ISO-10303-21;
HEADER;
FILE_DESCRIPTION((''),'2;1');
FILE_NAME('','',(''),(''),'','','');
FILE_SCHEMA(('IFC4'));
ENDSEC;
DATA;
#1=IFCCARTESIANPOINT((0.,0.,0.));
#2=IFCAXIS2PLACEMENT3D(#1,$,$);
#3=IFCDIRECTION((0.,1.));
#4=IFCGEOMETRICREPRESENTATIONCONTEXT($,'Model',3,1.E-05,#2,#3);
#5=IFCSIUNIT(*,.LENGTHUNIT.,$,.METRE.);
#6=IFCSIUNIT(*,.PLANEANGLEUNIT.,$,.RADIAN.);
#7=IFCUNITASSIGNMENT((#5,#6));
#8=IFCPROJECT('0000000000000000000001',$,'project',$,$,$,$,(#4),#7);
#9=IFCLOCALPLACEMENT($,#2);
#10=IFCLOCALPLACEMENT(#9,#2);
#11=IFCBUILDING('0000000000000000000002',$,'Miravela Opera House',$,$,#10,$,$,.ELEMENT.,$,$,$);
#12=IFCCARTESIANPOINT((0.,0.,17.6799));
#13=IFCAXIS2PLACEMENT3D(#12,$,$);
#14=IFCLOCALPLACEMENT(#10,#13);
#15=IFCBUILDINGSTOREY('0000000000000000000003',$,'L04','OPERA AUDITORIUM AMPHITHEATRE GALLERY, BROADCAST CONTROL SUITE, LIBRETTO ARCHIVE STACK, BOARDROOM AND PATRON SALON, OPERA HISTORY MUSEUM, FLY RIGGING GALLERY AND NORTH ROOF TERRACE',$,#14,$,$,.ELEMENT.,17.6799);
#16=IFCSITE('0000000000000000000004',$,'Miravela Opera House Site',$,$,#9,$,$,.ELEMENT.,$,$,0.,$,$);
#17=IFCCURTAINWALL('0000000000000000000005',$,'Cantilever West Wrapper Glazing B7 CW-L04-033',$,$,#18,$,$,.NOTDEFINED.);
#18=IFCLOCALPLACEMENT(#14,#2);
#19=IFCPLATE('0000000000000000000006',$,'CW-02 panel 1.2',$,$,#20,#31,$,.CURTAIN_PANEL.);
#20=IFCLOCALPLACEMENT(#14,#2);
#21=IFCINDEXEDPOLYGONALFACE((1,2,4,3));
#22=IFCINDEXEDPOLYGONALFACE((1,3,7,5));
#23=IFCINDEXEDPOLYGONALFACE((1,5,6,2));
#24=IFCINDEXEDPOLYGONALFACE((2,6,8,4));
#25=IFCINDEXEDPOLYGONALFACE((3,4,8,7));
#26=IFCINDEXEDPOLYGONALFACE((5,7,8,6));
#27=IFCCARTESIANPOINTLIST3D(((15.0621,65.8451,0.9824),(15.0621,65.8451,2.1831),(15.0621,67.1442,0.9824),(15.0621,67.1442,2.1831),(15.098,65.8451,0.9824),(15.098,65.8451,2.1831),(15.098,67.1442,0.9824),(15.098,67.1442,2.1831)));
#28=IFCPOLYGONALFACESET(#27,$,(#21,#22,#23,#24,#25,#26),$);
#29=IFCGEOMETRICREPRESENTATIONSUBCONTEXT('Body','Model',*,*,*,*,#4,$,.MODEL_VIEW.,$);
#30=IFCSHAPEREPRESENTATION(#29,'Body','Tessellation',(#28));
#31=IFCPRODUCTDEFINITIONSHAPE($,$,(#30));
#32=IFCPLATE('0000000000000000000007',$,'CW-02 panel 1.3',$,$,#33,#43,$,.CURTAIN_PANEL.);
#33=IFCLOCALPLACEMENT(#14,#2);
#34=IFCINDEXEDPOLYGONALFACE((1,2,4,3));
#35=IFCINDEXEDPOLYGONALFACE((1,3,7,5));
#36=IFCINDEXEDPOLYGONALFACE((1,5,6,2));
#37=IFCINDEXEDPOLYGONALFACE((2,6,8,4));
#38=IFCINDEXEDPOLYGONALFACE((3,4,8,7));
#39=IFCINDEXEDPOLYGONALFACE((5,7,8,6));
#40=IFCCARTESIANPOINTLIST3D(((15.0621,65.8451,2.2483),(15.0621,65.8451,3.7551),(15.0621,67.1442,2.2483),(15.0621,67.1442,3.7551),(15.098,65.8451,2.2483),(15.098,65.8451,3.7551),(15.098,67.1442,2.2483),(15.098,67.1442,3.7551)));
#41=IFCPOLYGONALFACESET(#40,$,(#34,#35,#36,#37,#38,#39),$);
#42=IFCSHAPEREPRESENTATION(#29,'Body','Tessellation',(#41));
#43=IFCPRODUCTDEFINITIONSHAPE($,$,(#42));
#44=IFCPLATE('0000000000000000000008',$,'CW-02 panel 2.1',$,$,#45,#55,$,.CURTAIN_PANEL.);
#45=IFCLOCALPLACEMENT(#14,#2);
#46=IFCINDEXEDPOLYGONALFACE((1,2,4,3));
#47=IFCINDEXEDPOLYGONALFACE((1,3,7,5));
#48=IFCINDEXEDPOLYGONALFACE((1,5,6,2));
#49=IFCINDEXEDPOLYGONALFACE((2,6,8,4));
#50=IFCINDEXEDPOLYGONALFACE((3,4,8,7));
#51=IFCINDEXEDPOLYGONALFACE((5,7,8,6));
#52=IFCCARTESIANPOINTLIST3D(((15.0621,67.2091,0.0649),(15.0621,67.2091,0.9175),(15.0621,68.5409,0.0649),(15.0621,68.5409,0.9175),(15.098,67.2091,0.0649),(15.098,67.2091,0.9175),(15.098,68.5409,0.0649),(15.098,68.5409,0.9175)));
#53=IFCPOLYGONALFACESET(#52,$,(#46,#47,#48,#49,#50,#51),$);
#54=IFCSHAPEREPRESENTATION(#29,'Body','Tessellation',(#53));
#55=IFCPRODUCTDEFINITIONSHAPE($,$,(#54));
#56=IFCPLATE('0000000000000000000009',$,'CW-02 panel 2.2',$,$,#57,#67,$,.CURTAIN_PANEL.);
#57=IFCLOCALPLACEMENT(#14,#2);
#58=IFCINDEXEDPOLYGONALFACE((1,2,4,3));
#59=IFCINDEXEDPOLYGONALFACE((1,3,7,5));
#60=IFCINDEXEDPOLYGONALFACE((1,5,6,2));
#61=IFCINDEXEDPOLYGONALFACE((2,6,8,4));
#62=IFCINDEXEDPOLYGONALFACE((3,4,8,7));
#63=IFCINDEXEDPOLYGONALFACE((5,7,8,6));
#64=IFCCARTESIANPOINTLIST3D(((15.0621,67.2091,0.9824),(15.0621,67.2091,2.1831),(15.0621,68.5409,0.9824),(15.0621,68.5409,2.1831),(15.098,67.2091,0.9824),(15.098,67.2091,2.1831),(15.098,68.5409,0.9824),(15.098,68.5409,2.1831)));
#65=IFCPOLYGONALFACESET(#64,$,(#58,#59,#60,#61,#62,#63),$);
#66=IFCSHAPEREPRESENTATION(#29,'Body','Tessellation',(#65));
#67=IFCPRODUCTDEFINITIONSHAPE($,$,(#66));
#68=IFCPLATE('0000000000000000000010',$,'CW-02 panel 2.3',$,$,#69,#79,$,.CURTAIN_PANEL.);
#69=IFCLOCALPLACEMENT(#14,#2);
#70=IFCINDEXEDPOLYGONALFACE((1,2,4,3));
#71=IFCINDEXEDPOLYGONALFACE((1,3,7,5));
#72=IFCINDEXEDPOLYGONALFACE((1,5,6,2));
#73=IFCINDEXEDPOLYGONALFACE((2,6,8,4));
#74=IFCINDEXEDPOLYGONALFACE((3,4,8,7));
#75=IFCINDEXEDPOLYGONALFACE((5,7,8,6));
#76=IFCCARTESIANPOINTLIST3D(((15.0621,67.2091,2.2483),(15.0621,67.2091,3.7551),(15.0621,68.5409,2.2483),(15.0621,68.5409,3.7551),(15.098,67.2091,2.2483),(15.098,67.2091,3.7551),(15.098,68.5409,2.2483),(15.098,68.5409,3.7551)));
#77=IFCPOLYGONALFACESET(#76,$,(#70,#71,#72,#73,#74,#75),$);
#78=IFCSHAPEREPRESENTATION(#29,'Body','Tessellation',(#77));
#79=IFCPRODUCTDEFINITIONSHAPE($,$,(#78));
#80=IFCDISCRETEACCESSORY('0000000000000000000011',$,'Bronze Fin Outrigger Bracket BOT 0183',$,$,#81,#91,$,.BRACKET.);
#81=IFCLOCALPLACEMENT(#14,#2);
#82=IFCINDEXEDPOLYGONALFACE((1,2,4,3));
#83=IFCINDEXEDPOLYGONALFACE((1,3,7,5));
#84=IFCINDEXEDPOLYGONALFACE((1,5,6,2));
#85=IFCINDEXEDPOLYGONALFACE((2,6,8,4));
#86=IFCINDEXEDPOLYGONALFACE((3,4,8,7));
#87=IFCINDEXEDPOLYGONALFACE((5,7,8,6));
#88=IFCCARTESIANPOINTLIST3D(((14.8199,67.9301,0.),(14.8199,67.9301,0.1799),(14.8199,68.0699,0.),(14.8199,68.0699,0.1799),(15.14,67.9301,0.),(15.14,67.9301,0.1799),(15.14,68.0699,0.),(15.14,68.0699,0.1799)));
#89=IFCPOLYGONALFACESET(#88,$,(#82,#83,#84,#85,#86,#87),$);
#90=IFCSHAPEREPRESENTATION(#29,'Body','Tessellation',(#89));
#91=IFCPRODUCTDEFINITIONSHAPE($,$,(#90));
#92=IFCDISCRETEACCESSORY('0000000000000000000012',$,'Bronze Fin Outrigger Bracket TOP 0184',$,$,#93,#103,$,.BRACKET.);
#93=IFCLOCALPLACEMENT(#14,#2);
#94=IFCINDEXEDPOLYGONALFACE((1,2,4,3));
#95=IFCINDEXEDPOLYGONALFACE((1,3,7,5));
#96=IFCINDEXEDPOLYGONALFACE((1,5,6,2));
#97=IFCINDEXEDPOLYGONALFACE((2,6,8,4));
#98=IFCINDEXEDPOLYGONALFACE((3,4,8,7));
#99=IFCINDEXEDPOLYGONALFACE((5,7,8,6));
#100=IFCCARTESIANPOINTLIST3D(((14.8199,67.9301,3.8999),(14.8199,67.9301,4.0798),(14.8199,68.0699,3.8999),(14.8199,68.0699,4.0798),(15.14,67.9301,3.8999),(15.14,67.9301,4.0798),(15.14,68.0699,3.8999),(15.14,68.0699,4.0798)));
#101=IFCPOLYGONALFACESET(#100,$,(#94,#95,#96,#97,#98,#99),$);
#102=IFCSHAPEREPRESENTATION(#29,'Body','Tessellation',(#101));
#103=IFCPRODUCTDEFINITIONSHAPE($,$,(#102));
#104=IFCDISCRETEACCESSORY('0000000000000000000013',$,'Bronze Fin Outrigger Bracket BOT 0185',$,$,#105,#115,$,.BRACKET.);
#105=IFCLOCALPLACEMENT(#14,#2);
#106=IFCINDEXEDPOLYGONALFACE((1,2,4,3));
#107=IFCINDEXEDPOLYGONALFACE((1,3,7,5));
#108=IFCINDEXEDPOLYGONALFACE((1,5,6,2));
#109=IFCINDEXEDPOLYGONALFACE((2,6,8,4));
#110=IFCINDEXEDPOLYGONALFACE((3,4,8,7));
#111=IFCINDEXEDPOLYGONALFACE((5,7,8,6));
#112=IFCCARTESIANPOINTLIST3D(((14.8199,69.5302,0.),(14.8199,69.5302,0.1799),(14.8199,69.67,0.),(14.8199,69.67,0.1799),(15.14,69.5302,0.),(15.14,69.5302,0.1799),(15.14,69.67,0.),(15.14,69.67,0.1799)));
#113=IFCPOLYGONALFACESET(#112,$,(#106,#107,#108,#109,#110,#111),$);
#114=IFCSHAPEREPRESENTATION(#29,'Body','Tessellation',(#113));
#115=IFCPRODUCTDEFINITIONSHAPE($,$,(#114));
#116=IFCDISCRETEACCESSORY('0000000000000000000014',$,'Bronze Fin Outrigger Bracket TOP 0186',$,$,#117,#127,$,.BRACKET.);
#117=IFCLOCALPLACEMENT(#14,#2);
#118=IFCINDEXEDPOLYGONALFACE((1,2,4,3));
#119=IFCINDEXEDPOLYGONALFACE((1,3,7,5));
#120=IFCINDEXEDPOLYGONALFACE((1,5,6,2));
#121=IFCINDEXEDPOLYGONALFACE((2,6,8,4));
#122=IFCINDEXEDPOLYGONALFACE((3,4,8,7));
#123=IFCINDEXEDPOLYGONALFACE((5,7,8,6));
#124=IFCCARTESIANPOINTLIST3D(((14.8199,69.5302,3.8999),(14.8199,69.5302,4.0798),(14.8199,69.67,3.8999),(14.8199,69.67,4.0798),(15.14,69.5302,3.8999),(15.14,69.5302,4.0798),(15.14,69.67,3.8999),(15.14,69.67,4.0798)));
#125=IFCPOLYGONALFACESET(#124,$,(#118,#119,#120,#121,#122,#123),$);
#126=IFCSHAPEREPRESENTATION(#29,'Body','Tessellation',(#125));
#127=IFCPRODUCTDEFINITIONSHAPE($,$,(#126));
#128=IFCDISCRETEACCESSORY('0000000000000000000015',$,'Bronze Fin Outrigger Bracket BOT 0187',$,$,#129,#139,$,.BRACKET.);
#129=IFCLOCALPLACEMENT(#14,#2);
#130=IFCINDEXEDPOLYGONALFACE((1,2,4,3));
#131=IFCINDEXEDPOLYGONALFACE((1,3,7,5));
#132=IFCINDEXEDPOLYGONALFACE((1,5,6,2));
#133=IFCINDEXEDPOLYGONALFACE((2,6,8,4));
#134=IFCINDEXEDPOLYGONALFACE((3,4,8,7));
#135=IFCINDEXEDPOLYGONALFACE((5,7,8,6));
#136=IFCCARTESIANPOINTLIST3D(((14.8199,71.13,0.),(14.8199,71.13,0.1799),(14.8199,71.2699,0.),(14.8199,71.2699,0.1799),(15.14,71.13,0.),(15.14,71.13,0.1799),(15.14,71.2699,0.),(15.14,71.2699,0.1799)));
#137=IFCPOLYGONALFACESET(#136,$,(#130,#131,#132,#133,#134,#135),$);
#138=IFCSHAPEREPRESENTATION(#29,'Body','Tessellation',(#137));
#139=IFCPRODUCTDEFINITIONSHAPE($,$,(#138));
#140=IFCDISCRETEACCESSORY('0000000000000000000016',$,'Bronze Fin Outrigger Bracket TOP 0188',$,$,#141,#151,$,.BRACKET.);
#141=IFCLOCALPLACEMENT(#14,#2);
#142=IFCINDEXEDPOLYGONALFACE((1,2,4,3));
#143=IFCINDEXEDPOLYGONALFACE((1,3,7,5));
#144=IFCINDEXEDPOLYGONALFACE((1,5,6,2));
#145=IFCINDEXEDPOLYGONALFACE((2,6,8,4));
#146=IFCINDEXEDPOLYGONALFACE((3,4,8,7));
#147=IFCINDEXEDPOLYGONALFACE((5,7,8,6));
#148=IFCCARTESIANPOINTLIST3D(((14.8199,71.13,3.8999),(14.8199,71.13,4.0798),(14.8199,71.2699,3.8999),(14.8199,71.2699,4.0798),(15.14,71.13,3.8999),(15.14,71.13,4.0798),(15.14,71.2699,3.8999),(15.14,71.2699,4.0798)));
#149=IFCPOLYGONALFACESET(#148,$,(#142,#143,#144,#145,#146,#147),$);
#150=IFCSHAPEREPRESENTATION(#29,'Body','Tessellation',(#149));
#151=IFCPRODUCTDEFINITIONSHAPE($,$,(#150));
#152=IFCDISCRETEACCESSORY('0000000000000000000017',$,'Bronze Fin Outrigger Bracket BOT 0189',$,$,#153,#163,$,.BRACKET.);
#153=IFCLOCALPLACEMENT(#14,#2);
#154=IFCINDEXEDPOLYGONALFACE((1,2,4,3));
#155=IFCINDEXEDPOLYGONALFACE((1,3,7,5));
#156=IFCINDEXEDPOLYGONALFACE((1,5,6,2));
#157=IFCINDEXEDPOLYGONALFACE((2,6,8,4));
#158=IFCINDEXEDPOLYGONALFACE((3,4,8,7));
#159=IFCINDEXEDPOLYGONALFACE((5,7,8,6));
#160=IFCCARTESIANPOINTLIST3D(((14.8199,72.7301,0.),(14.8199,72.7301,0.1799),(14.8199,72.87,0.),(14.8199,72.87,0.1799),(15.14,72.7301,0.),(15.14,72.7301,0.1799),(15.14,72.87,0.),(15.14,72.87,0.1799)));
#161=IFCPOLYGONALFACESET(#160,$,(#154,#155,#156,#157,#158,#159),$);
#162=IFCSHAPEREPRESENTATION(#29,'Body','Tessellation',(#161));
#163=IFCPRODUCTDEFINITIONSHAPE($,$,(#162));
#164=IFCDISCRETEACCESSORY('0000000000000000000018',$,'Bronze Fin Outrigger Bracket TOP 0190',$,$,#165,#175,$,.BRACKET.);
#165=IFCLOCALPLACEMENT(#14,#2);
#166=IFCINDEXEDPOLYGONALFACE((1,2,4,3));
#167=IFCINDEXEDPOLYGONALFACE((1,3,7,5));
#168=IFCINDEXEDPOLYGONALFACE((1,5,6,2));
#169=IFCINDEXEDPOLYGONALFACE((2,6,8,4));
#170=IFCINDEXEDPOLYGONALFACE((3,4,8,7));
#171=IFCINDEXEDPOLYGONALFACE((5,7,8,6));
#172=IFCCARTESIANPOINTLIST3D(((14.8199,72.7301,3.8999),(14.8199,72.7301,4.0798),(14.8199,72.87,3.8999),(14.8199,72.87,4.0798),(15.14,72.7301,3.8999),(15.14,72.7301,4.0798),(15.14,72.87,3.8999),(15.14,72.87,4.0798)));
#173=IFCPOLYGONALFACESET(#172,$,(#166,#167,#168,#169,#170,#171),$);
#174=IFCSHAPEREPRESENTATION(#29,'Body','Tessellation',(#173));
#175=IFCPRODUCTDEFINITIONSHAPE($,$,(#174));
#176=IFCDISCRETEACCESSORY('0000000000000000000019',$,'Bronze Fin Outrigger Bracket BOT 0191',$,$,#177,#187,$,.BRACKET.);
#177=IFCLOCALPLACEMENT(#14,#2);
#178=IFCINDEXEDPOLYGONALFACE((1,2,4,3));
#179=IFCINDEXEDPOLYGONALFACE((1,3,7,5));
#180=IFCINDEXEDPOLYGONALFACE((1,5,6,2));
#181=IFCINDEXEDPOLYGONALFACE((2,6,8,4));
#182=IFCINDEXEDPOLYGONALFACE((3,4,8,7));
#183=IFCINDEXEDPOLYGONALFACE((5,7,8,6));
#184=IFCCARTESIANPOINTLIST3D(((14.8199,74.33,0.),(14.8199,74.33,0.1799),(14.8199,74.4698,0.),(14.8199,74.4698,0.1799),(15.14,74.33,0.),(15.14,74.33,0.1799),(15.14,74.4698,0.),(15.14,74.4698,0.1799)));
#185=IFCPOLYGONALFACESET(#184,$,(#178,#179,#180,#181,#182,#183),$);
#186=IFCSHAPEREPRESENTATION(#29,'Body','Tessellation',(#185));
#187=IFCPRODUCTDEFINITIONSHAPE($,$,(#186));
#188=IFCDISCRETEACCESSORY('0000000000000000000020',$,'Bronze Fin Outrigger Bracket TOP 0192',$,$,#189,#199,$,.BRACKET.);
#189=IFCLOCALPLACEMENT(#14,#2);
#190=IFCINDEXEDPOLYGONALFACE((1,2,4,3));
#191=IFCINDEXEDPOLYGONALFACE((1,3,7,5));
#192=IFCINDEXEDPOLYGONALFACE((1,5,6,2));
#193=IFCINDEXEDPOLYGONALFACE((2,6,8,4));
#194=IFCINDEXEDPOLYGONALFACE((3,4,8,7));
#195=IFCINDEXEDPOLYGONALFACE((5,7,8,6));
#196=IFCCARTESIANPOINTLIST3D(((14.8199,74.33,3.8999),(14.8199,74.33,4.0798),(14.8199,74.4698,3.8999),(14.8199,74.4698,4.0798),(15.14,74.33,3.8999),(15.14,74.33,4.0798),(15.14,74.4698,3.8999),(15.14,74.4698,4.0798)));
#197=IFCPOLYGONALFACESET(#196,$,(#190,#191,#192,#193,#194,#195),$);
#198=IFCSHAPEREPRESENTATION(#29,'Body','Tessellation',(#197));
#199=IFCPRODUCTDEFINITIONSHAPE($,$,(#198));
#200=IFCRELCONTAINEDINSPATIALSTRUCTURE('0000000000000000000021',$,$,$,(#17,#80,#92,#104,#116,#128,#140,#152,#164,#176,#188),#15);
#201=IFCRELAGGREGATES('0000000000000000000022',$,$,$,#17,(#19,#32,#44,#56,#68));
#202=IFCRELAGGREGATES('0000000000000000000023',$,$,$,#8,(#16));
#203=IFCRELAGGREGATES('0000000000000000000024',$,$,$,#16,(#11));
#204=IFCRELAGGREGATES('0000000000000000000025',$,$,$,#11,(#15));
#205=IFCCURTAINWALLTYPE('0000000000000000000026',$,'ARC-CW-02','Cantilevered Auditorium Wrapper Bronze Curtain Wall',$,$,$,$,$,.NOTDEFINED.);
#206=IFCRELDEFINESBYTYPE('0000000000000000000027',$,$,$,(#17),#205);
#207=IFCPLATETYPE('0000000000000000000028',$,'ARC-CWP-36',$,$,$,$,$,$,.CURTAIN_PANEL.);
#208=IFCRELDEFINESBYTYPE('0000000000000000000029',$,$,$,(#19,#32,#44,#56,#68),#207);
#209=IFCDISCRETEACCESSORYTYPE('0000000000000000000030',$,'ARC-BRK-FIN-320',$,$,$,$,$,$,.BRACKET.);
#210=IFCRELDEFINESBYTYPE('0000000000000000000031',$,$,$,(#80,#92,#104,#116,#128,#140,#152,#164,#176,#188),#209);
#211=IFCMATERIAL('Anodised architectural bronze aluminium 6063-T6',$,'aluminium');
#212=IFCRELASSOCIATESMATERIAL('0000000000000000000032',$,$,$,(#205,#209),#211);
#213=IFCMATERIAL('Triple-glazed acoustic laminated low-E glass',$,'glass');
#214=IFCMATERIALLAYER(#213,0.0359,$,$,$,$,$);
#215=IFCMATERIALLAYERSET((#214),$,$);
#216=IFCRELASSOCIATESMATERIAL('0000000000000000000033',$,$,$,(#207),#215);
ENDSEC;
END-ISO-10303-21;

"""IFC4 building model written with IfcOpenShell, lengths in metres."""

from ifc_helpers import new_model, si_unit, direction, frame, origin, origin_2d, place, context, subcontext, project, spatial, rectangle, extrude, material, layer, layer_set, type_object, element, aggregate, save


model = new_model("IFC4")

# Units and contexts
model_context = context("Model", 3, precision=1e-05, world=origin(), true_north=direction((0.0, 1.0)))
body_context = subcontext(model_context, "Body", "Model", "MODEL_VIEW")
ifc_project = project(units=[si_unit("LENGTHUNIT", "METRE"), si_unit("PLANEANGLEUNIT", "RADIAN")], contexts=[model_context])

# Site, building, storey
site_placement = place(None, origin())
site = spatial("IfcSite", under=ifc_project, at=site_placement, Name="Miravela Opera House Site", CompositionType="ELEMENT", RefElevation=0.0)
building_placement = place(site_placement, origin())
building = spatial("IfcBuilding", under=site, at=building_placement, Name="Miravela Opera House", CompositionType="ELEMENT")
storey_placement = place(building_placement, frame((0.0, 0.0, 17.6799)))
storey = spatial("IfcBuildingStorey", under=building, at=storey_placement, Name="L04", Description="OPERA AUDITORIUM AMPHITHEATRE GALLERY, BROADCAST CONTROL SUITE, LIBRETTO ARCHIVE STACK, BOARDROOM AND PATRON SALON, OPERA HISTORY MUSEUM, FLY RIGGING GALLERY AND NORTH ROOF TERRACE", CompositionType="ELEMENT", Elevation=17.6799)

# Curtain wall
ifc_material_1 = material(Name="Anodised architectural bronze aluminium 6063-T6", Category="aluminium")
curtain_wall_type = type_object("IfcCurtainWallType", Name="ARC-CW-02", Description="Cantilevered Auditorium Wrapper Bronze Curtain Wall", PredefinedType="NOTDEFINED", material=ifc_material_1)
curtain_wall_placement = place(storey_placement, origin())
curtain_wall = element("IfcCurtainWall", 1, at=curtain_wall_placement, inside=storey, type_object=curtain_wall_type, Name="Cantilever West Wrapper Glazing B7 CW-L04-033", PredefinedType="NOTDEFINED")

# Plates
ifc_material_2 = material(Name="Triple-glazed acoustic laminated low-E glass", Category="glass")
ifc_layer = layer(ifc_material_2, 0.0359)
ifc_layer_set = layer_set([ifc_layer])
plate_type = type_object("IfcPlateType", Name="ARC-CWP-36", PredefinedType="CURTAIN_PANEL", material=ifc_layer_set)
plate_1_placement = place(storey_placement, frame((15.0801, 66.4946, 0.9824), z_axis=(0.0, 0.0, 1.0), x_axis=(0.0, 1.0, 0.0)))
plate_1 = element("IfcPlate", 2, at=plate_1_placement, type_object=plate_type, Name="CW-02 panel 1.2", PredefinedType="CURTAIN_PANEL", context=body_context, shape_type="SweptSolid", body=[
    extrude(rectangle(XDim=1.2991, YDim=0.0359, at=origin_2d()), origin(), (0.0, 0.0, 1.0), 1.2007),
])
plate_2_placement = place(storey_placement, frame((15.0801, 66.4946, 2.2483), z_axis=(0.0, 0.0, 1.0), x_axis=(0.0, 1.0, 0.0)))
plate_2 = element("IfcPlate", 3, at=plate_2_placement, type_object=plate_type, Name="CW-02 panel 1.3", PredefinedType="CURTAIN_PANEL", context=body_context, shape_type="SweptSolid", body=[
    extrude(rectangle(XDim=1.2991, YDim=0.0359, at=origin_2d()), origin(), (0.0, 0.0, 1.0), 1.5068),
])
plate_3_placement = place(storey_placement, frame((15.0801, 67.875, 0.0649), z_axis=(0.0, 0.0, 1.0), x_axis=(0.0, 1.0, 0.0)))
plate_3 = element("IfcPlate", 4, at=plate_3_placement, type_object=plate_type, Name="CW-02 panel 2.1", PredefinedType="CURTAIN_PANEL", context=body_context, shape_type="SweptSolid", body=[
    extrude(rectangle(XDim=1.3318, YDim=0.0359, at=origin_2d()), origin(), (0.0, 0.0, 1.0), 0.8525),
])
plate_4_placement = place(storey_placement, frame((15.0801, 67.875, 0.9824), z_axis=(0.0, 0.0, 1.0), x_axis=(0.0, 1.0, 0.0)))
plate_4 = element("IfcPlate", 5, at=plate_4_placement, type_object=plate_type, Name="CW-02 panel 2.2", PredefinedType="CURTAIN_PANEL", context=body_context, shape_type="SweptSolid", body=[
    extrude(rectangle(XDim=1.3318, YDim=0.0359, at=origin_2d()), origin(), (0.0, 0.0, 1.0), 1.2007),
])
plate_5_placement = place(storey_placement, frame((15.0801, 67.875, 2.2483), z_axis=(0.0, 0.0, 1.0), x_axis=(0.0, 1.0, 0.0)))
plate_5 = element("IfcPlate", 6, at=plate_5_placement, type_object=plate_type, Name="CW-02 panel 2.3", PredefinedType="CURTAIN_PANEL", context=body_context, shape_type="SweptSolid", body=[
    extrude(rectangle(XDim=1.3318, YDim=0.0359, at=origin_2d()), origin(), (0.0, 0.0, 1.0), 1.5068),
])
aggregate(curtain_wall, [plate_1, plate_2, plate_3, plate_4, plate_5])

# Discrete accessories
discrete_accessory_type = type_object("IfcDiscreteAccessoryType", Name="ARC-BRK-FIN-320", PredefinedType="BRACKET", material=ifc_material_1)
for number, where, z_axis, x_axis, name in (
    (7, (14.98, 68.0, 0.0), (0.0, 0.0, 1.0), (1.0, 0.0, 0.0), "Bronze Fin Outrigger Bracket BOT 0183"),
    (8, (14.98, 68.0, 3.8999), (0.0, 0.0, 1.0), (1.0, 0.0, 0.0), "Bronze Fin Outrigger Bracket TOP 0184"),
    (9, (14.98, 69.6001, 0.0), (0.0, 0.0, 1.0), (1.0, 0.0, 0.0), "Bronze Fin Outrigger Bracket BOT 0185"),
    (10, (14.98, 69.6001, 3.8999), (0.0, 0.0, 1.0), (1.0, 0.0, 0.0), "Bronze Fin Outrigger Bracket TOP 0186"),
    (11, (14.98, 71.2, 0.0), (0.0, 0.0, 1.0), (1.0, 0.0, 0.0), "Bronze Fin Outrigger Bracket BOT 0187"),
    (12, (14.98, 71.2, 3.8999), (0.0, 0.0, 1.0), (1.0, 0.0, 0.0), "Bronze Fin Outrigger Bracket TOP 0188"),
    (13, (14.98, 72.8, 0.0), (0.0, 0.0, 1.0), (1.0, 0.0, 0.0), "Bronze Fin Outrigger Bracket BOT 0189"),
    (14, (14.98, 72.8, 3.8999), (0.0, 0.0, 1.0), (1.0, 0.0, 0.0), "Bronze Fin Outrigger Bracket TOP 0190"),
    (15, (14.98, 74.3999, 0.0), (0.0, 0.0, 1.0), (1.0, 0.0, 0.0), "Bronze Fin Outrigger Bracket BOT 0191"),
    (16, (14.98, 74.3999, 3.8999), (0.0, 0.0, 1.0), (1.0, 0.0, 0.0), "Bronze Fin Outrigger Bracket TOP 0192"),
):
    element("IfcDiscreteAccessory", number, at=place(storey_placement, frame(where, z_axis=z_axis, x_axis=x_axis)), inside=storey, type_object=discrete_accessory_type, Name=name, PredefinedType="BRACKET", context=body_context, shape_type="SweptSolid", body=[
        extrude(rectangle(XDim=0.3201, YDim=0.1399, at=origin_2d()), origin(), (0.0, 0.0, 1.0), 0.1799),
    ])

save(model, "model.ifc")
